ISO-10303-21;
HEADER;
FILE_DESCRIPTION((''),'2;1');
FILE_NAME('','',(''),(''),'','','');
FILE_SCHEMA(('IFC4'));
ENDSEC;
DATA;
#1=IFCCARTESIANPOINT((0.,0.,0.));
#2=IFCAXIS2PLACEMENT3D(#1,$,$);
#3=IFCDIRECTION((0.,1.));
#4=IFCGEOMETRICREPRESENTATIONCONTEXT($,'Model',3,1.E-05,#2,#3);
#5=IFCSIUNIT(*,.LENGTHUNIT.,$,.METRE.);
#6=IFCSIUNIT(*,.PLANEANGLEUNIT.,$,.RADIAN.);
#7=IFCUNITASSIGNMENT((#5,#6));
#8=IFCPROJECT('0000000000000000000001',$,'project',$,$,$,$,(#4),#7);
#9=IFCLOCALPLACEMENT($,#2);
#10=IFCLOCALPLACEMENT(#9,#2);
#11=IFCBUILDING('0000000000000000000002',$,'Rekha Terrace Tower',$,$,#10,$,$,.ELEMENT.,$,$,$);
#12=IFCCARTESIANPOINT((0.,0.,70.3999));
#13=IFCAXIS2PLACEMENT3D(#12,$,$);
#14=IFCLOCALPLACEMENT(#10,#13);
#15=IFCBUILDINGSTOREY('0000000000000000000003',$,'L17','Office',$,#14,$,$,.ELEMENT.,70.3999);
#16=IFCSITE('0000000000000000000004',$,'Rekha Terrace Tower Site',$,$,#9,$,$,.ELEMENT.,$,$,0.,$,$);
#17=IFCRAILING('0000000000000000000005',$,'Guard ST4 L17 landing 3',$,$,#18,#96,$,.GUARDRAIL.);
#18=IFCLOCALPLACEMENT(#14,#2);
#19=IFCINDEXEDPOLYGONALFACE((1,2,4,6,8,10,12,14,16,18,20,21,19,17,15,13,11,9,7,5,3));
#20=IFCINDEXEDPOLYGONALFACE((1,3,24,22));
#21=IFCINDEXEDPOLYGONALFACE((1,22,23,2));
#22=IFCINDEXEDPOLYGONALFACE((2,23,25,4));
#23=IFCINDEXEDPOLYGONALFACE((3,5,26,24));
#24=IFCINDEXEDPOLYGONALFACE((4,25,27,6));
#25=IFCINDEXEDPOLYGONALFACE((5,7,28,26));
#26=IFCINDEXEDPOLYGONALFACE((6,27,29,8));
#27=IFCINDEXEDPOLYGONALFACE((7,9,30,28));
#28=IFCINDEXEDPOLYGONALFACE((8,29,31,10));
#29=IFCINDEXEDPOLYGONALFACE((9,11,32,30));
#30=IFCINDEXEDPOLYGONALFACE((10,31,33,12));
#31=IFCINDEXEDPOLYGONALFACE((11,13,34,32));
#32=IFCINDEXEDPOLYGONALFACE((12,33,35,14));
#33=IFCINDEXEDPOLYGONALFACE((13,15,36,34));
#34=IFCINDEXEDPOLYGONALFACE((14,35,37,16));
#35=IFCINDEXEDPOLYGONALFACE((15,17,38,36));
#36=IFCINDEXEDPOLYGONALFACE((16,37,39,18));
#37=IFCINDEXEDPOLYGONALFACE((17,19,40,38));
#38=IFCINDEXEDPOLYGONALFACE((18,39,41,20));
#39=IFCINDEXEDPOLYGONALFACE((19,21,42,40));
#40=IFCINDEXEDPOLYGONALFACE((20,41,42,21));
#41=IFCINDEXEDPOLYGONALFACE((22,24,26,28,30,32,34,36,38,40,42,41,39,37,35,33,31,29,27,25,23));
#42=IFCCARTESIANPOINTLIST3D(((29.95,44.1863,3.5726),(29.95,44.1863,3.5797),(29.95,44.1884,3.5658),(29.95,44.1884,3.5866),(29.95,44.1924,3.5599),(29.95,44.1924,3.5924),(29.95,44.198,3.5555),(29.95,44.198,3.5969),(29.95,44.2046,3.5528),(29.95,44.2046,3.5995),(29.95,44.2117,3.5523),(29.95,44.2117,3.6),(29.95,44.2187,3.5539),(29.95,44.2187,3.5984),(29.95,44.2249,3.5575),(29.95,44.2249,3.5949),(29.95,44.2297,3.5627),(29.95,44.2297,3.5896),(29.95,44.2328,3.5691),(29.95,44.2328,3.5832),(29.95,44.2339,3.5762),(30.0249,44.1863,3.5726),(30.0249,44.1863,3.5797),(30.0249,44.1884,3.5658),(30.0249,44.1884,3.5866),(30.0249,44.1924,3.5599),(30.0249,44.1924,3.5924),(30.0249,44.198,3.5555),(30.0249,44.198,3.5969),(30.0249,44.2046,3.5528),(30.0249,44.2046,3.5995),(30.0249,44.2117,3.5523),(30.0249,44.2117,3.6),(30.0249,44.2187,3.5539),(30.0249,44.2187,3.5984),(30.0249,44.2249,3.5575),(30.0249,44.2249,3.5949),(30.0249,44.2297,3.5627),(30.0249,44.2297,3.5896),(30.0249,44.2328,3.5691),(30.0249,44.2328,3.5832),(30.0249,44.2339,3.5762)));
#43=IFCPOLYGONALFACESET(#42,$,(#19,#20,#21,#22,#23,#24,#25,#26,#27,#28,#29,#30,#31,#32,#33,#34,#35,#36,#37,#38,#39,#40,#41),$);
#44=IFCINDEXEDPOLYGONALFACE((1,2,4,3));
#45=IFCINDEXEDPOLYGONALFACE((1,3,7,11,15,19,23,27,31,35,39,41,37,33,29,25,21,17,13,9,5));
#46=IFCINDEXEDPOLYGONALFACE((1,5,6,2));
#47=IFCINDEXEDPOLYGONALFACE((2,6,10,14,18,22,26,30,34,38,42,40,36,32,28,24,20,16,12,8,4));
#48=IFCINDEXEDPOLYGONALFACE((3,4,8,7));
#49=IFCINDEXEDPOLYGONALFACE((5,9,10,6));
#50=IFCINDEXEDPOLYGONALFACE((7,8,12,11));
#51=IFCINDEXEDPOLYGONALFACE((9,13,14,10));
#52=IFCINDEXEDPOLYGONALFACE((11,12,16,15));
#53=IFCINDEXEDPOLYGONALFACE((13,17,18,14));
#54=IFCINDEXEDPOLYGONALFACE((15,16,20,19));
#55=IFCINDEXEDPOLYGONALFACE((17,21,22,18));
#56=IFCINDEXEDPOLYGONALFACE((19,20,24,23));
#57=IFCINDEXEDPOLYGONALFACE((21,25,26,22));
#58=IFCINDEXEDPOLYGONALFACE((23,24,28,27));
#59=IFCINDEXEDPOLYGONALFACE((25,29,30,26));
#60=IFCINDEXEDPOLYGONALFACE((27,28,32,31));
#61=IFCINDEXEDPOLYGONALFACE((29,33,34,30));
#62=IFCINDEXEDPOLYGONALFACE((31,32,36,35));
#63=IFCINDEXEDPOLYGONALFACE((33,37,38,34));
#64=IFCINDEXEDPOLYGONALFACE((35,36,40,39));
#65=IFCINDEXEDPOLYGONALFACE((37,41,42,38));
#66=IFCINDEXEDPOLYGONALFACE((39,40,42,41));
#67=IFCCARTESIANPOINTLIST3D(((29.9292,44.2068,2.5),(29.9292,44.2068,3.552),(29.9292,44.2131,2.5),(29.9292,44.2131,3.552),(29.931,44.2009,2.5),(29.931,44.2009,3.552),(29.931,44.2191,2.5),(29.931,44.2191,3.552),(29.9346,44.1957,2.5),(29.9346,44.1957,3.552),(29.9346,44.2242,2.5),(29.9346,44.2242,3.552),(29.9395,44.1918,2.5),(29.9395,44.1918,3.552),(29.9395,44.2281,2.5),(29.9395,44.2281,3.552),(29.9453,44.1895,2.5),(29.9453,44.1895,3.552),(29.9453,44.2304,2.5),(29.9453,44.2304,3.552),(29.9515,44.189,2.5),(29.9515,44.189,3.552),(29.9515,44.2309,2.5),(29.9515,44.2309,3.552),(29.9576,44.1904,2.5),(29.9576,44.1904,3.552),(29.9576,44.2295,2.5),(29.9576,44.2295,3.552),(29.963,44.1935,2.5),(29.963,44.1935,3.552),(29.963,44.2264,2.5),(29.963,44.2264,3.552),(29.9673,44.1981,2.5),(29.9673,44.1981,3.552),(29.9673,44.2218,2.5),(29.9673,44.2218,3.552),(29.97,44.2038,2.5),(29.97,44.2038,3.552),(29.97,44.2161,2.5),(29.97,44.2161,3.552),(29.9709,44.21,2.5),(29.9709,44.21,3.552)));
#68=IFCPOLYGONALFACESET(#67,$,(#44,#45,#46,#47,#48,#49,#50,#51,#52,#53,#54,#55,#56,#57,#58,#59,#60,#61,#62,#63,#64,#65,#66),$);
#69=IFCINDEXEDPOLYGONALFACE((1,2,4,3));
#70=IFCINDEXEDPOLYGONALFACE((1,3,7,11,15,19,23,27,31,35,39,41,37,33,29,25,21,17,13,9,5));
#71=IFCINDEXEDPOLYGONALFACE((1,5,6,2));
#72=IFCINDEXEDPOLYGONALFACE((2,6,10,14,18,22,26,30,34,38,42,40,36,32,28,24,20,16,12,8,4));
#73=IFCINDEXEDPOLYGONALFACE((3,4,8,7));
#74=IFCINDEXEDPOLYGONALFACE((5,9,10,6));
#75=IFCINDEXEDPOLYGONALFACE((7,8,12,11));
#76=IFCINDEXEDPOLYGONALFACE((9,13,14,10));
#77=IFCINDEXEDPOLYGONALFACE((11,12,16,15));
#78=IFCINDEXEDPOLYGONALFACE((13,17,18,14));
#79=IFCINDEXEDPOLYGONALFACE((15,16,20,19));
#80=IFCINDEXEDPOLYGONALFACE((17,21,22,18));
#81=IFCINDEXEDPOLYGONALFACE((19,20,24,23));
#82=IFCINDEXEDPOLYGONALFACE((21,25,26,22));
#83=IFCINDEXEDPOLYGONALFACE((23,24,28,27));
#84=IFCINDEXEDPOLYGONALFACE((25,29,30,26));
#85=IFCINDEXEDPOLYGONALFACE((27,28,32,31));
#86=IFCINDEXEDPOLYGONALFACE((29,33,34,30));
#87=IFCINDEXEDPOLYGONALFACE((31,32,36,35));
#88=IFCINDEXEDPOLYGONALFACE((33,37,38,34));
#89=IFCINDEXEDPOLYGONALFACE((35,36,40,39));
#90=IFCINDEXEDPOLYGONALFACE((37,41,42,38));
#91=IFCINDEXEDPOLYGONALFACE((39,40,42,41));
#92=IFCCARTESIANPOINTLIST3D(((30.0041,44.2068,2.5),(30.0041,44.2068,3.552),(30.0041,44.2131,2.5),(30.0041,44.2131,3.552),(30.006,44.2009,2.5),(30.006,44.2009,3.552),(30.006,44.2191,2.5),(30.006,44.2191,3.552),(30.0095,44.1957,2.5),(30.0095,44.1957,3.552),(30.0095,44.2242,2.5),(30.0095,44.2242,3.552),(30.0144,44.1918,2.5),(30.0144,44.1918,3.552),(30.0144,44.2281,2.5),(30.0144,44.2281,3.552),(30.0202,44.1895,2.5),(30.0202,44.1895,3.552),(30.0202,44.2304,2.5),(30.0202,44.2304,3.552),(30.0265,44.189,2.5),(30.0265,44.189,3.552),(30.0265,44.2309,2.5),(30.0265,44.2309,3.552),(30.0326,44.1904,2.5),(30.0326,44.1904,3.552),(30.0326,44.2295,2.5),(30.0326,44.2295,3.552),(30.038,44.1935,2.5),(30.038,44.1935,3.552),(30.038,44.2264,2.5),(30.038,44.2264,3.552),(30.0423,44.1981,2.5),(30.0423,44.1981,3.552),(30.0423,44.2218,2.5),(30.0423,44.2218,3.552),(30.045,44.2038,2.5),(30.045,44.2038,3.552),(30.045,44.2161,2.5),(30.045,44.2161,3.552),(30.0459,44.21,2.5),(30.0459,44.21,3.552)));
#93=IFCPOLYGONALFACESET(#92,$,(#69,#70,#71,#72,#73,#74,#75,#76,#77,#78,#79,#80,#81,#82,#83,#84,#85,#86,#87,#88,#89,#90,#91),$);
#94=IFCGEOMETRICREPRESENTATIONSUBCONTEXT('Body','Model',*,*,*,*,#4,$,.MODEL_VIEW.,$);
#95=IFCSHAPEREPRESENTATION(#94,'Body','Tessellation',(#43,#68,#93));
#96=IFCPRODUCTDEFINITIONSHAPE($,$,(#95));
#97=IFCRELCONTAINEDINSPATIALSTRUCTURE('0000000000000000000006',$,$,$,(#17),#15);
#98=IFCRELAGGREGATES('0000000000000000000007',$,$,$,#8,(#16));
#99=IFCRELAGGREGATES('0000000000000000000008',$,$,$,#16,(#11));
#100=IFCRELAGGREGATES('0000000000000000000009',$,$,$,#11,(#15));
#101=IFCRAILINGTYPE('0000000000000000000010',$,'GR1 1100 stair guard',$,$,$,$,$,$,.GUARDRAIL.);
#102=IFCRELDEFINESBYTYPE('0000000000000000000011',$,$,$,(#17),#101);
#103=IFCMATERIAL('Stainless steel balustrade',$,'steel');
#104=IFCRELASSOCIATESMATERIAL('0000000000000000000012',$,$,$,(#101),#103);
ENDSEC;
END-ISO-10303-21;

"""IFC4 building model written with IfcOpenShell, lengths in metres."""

from ifc_helpers import new_model, si_unit, direction, frame, origin, origin_2d, place, context, subcontext, project, spatial, circle, extrude, material, type_object, element, save


model = new_model("IFC4")

# Units and contexts
model_context = context("Model", 3, precision=1e-05, world=origin(), true_north=direction((0.0, 1.0)))
body_context = subcontext(model_context, "Body", "Model", "MODEL_VIEW")
ifc_project = project(units=[si_unit("LENGTHUNIT", "METRE"), si_unit("PLANEANGLEUNIT", "RADIAN")], contexts=[model_context])

# Site, building, storey
site_placement = place(None, origin())
site = spatial("IfcSite", under=ifc_project, at=site_placement, Name="Rekha Terrace Tower Site", CompositionType="ELEMENT", RefElevation=0.0)
building_placement = place(site_placement, origin())
building = spatial("IfcBuilding", under=site, at=building_placement, Name="Rekha Terrace Tower", CompositionType="ELEMENT")
storey_placement = place(building_placement, frame((0.0, 0.0, 70.3999)))
storey = spatial("IfcBuildingStorey", under=building, at=storey_placement, Name="L17", Description="Office", CompositionType="ELEMENT", Elevation=70.3999)

# Railing
ifc_material_1 = material(Name="Stainless steel balustrade", Category="steel")
railing_type_1 = type_object("IfcRailingType", Name="GR1 1100 stair guard", PredefinedType="GUARDRAIL", material=ifc_material_1)
railing_1_placement = place(storey_placement, frame((29.95, 44.21, 2.5)))
element("IfcRailing", 1, at=railing_1_placement, inside=storey, type_object=railing_type_1, Name="Guard ST4 L17 landing 3", PredefinedType="GUARDRAIL", context=body_context, shape_type="SweptSolid", body=[
    extrude(circle(Radius=0.0239, at=origin_2d()), frame((0.0, 0.0, 1.0762), z_axis=(1.0, 0.0, 0.0), x_axis=(0.0, 1.0, 0.0)), (0.0, 0.0, 1.0), 0.075),
    extrude(circle(Radius=0.021, at=origin_2d()), origin(), (0.0, 0.0, 1.0), 1.052),
    extrude(circle(Radius=0.021, at=origin_2d()), frame((0.075, 0.0, 0.0)), (0.0, 0.0, 1.0), 1.052),
])

save(model, "model.ifc")
